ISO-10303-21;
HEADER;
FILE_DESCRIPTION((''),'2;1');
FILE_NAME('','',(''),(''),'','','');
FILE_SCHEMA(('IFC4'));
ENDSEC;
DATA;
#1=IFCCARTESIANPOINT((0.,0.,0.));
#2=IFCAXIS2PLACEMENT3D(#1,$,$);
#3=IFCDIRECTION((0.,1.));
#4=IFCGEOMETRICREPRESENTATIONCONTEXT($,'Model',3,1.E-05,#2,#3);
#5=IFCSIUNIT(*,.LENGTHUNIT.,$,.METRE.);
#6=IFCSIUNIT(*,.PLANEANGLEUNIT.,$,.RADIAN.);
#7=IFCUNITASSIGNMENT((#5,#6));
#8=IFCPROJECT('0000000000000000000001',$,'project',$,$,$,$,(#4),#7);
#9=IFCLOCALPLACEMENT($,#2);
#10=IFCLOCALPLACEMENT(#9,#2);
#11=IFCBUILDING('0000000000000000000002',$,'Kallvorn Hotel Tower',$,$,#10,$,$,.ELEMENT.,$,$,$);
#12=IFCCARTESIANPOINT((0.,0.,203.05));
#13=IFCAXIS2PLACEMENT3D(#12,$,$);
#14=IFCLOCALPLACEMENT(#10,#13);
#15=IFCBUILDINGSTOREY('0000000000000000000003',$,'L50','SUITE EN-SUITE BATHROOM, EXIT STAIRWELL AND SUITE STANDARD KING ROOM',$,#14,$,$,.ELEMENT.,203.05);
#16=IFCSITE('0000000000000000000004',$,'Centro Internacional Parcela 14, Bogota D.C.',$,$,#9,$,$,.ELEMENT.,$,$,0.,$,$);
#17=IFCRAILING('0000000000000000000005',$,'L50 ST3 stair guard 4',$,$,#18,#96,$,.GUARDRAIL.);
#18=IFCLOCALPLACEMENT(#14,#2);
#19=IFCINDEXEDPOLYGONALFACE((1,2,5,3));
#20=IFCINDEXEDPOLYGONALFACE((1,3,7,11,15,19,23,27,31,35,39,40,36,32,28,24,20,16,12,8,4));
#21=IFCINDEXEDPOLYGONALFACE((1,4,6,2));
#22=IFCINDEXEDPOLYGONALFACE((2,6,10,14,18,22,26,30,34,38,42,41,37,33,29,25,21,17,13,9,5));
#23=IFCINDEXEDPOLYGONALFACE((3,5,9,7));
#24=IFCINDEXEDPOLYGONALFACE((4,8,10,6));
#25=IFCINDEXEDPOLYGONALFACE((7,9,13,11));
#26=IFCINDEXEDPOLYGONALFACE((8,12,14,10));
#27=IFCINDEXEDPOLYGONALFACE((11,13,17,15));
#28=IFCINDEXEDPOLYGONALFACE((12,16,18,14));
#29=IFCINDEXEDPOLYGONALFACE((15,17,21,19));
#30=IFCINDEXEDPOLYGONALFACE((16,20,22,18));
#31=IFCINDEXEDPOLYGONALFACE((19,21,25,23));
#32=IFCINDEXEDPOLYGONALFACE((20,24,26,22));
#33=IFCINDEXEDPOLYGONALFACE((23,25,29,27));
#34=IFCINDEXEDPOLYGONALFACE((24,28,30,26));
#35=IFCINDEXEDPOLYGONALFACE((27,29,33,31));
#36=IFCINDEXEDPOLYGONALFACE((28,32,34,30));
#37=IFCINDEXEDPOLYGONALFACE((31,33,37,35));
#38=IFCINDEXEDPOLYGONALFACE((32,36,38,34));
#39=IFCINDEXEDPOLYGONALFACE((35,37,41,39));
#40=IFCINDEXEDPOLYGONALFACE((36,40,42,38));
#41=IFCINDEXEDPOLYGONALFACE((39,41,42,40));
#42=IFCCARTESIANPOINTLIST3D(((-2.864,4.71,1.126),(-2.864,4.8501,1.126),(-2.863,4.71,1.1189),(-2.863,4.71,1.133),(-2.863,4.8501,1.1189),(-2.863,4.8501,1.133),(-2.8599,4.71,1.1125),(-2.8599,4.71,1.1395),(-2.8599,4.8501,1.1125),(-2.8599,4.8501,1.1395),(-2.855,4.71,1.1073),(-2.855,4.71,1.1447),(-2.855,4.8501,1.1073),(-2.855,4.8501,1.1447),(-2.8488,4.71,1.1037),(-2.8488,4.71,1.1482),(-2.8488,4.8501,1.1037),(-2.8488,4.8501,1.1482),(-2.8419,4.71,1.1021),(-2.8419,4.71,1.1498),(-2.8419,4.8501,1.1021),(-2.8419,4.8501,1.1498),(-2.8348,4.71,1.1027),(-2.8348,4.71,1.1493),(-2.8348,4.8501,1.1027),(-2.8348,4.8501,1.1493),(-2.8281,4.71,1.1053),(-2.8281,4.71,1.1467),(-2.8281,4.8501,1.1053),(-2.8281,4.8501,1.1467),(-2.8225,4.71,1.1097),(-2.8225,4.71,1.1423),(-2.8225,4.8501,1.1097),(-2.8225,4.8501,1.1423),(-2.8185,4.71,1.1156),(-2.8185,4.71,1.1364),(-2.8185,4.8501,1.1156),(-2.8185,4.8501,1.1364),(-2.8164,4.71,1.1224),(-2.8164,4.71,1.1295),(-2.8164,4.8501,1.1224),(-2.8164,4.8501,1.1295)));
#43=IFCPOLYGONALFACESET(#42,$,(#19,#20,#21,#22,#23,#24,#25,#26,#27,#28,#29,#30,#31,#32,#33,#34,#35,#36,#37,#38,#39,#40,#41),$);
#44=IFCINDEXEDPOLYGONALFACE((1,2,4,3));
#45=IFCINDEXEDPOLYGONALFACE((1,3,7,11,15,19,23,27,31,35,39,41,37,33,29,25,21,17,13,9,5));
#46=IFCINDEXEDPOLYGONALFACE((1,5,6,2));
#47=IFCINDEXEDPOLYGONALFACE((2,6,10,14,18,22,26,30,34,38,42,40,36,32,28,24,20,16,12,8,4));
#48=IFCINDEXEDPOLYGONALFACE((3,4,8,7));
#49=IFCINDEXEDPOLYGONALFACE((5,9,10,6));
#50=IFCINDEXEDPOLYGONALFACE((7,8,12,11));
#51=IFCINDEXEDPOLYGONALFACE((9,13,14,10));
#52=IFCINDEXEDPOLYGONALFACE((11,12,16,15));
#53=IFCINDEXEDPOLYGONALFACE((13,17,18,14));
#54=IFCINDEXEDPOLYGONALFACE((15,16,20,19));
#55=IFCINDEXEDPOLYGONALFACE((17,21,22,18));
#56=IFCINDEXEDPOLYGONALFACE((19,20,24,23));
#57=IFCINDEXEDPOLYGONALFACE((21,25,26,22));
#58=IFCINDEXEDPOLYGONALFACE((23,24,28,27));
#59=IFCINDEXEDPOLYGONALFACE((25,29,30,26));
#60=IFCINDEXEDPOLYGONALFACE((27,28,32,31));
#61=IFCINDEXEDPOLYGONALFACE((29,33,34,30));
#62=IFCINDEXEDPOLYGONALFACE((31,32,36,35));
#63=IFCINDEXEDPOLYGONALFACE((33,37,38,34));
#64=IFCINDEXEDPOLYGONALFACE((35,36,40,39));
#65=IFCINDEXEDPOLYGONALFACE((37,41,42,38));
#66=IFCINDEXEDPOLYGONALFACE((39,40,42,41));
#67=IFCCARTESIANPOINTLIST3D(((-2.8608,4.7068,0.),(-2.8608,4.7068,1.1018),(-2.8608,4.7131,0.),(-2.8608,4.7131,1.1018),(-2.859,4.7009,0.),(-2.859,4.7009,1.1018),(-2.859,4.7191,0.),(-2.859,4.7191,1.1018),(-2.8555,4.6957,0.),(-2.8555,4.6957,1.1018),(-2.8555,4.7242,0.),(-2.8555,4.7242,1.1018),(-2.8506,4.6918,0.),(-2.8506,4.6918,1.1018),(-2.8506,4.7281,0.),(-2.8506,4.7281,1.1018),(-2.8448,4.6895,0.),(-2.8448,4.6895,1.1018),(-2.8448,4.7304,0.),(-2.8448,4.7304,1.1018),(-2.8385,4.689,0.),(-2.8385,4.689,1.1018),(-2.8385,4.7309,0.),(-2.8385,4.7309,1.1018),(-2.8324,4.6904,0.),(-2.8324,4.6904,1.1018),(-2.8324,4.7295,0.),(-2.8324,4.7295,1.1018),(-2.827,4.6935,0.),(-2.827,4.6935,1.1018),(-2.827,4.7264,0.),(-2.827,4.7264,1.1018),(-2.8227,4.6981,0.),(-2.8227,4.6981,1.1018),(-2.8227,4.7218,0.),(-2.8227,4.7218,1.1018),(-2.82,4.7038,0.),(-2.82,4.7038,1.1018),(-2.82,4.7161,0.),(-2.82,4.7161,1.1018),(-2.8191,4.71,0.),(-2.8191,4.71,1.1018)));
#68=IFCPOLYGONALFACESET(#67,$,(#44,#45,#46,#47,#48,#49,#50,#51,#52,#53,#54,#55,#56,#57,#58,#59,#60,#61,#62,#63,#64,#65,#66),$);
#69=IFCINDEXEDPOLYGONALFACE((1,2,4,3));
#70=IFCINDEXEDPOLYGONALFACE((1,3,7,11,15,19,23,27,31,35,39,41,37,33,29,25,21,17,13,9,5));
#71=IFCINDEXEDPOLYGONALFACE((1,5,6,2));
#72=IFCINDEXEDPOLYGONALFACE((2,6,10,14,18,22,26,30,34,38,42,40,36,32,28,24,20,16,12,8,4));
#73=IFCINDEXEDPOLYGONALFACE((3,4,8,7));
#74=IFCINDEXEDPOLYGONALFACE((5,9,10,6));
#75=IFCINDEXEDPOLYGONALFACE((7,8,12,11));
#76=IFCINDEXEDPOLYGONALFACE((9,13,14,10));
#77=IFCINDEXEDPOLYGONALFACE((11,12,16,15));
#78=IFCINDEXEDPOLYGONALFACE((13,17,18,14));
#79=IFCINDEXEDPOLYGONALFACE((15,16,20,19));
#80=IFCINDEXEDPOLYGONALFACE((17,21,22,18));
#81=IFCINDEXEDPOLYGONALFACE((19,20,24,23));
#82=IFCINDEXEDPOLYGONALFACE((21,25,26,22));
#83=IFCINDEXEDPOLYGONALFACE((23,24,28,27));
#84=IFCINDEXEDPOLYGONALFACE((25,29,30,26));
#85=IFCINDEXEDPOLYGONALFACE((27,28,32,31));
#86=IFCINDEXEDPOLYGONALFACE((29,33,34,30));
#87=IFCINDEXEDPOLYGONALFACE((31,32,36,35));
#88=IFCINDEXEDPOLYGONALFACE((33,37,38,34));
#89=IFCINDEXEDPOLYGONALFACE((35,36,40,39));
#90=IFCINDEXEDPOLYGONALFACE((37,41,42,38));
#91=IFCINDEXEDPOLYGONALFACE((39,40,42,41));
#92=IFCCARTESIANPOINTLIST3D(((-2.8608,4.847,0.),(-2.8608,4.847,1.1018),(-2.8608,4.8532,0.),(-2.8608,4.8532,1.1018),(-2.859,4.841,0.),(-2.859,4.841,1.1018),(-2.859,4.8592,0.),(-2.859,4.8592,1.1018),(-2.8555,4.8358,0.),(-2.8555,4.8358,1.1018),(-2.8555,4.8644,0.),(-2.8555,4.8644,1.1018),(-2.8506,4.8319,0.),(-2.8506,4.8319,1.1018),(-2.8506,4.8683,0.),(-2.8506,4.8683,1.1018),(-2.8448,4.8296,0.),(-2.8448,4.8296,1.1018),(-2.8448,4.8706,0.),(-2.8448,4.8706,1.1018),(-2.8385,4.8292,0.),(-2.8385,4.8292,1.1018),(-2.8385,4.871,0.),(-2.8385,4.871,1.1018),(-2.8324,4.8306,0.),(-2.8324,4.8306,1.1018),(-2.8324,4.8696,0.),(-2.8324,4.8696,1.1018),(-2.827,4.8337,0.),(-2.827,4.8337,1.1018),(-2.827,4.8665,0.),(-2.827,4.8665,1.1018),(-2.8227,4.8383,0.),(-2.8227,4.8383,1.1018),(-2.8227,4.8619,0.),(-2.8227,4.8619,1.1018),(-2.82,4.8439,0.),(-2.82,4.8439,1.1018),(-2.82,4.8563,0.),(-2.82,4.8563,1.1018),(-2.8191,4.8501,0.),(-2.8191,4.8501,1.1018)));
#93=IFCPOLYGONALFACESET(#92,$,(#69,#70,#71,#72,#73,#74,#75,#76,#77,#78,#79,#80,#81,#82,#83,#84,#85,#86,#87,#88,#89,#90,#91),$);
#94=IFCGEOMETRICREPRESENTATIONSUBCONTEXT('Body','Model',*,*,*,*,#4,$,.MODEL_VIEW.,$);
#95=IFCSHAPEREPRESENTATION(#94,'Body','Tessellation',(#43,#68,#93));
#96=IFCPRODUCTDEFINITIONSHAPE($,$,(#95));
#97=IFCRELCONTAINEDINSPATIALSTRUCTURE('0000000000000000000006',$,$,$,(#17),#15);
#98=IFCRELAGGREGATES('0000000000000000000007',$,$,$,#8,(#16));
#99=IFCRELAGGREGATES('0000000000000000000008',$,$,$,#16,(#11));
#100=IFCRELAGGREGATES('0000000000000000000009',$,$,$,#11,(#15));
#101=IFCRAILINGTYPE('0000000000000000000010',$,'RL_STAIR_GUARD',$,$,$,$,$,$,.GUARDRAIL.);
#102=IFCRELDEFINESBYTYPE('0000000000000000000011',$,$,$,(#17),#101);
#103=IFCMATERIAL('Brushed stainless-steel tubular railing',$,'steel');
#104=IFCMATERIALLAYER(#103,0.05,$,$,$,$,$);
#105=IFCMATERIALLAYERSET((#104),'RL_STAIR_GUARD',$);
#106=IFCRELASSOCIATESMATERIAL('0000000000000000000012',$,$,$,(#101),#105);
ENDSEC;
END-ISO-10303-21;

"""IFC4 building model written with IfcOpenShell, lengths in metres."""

from ifc_helpers import new_model, si_unit, direction, frame, origin, origin_2d, place, context, subcontext, project, spatial, circle, extrude, material, layer, layer_set, type_object, element, save


model = new_model("IFC4")

# Units and contexts
model_context = context("Model", 3, precision=1e-05, world=origin(), true_north=direction((0.0, 1.0)))
body_context = subcontext(model_context, "Body", "Model", "MODEL_VIEW")
ifc_project = project(units=[si_unit("LENGTHUNIT", "METRE"), si_unit("PLANEANGLEUNIT", "RADIAN")], contexts=[model_context])

# Site, building, storey
site_placement = place(None, origin())
site = spatial("IfcSite", under=ifc_project, at=site_placement, Name="Centro Internacional Parcela 14, Bogota D.C.", CompositionType="ELEMENT", RefElevation=0.0)
building_placement = place(site_placement, origin())
building = spatial("IfcBuilding", under=site, at=building_placement, Name="Kallvorn Hotel Tower", CompositionType="ELEMENT")
storey_placement = place(building_placement, frame((0.0, 0.0, 203.05)))
storey = spatial("IfcBuildingStorey", under=building, at=storey_placement, Name="L50", Description="SUITE EN-SUITE BATHROOM, EXIT STAIRWELL AND SUITE STANDARD KING ROOM", CompositionType="ELEMENT", Elevation=203.05)

# Railing
ifc_material_1 = material(Name="Brushed stainless-steel tubular railing", Category="steel")
ifc_layer_1 = layer(ifc_material_1, 0.05)
ifc_layer_set_1 = layer_set([ifc_layer_1], Name="RL_STAIR_GUARD")
railing_type_1 = type_object("IfcRailingType", Name="RL_STAIR_GUARD", PredefinedType="GUARDRAIL", material=ifc_layer_set_1)
railing_1_placement = place(storey_placement, frame((-2.8401, 4.71, 0.0)))
element("IfcRailing", 1, at=railing_1_placement, inside=storey, type_object=railing_type_1, Name="L50 ST3 stair guard 4", PredefinedType="GUARDRAIL", context=body_context, shape_type="SweptSolid", body=[
    extrude(circle(Radius=0.0239, at=origin_2d()), frame((0.0, 0.0, 1.126), z_axis=(0.0, 1.0, 0.0), x_axis=(-1.0, 0.0, 0.0)), (0.0, 0.0, 1.0), 0.1401),
    extrude(circle(Radius=0.021, at=origin_2d()), origin(), (0.0, 0.0, 1.0), 1.1018),
    extrude(circle(Radius=0.021, at=origin_2d()), frame((0.0, 0.1401, 0.0)), (0.0, 0.0, 1.0), 1.1018),
])

save(model, "model.ifc")
